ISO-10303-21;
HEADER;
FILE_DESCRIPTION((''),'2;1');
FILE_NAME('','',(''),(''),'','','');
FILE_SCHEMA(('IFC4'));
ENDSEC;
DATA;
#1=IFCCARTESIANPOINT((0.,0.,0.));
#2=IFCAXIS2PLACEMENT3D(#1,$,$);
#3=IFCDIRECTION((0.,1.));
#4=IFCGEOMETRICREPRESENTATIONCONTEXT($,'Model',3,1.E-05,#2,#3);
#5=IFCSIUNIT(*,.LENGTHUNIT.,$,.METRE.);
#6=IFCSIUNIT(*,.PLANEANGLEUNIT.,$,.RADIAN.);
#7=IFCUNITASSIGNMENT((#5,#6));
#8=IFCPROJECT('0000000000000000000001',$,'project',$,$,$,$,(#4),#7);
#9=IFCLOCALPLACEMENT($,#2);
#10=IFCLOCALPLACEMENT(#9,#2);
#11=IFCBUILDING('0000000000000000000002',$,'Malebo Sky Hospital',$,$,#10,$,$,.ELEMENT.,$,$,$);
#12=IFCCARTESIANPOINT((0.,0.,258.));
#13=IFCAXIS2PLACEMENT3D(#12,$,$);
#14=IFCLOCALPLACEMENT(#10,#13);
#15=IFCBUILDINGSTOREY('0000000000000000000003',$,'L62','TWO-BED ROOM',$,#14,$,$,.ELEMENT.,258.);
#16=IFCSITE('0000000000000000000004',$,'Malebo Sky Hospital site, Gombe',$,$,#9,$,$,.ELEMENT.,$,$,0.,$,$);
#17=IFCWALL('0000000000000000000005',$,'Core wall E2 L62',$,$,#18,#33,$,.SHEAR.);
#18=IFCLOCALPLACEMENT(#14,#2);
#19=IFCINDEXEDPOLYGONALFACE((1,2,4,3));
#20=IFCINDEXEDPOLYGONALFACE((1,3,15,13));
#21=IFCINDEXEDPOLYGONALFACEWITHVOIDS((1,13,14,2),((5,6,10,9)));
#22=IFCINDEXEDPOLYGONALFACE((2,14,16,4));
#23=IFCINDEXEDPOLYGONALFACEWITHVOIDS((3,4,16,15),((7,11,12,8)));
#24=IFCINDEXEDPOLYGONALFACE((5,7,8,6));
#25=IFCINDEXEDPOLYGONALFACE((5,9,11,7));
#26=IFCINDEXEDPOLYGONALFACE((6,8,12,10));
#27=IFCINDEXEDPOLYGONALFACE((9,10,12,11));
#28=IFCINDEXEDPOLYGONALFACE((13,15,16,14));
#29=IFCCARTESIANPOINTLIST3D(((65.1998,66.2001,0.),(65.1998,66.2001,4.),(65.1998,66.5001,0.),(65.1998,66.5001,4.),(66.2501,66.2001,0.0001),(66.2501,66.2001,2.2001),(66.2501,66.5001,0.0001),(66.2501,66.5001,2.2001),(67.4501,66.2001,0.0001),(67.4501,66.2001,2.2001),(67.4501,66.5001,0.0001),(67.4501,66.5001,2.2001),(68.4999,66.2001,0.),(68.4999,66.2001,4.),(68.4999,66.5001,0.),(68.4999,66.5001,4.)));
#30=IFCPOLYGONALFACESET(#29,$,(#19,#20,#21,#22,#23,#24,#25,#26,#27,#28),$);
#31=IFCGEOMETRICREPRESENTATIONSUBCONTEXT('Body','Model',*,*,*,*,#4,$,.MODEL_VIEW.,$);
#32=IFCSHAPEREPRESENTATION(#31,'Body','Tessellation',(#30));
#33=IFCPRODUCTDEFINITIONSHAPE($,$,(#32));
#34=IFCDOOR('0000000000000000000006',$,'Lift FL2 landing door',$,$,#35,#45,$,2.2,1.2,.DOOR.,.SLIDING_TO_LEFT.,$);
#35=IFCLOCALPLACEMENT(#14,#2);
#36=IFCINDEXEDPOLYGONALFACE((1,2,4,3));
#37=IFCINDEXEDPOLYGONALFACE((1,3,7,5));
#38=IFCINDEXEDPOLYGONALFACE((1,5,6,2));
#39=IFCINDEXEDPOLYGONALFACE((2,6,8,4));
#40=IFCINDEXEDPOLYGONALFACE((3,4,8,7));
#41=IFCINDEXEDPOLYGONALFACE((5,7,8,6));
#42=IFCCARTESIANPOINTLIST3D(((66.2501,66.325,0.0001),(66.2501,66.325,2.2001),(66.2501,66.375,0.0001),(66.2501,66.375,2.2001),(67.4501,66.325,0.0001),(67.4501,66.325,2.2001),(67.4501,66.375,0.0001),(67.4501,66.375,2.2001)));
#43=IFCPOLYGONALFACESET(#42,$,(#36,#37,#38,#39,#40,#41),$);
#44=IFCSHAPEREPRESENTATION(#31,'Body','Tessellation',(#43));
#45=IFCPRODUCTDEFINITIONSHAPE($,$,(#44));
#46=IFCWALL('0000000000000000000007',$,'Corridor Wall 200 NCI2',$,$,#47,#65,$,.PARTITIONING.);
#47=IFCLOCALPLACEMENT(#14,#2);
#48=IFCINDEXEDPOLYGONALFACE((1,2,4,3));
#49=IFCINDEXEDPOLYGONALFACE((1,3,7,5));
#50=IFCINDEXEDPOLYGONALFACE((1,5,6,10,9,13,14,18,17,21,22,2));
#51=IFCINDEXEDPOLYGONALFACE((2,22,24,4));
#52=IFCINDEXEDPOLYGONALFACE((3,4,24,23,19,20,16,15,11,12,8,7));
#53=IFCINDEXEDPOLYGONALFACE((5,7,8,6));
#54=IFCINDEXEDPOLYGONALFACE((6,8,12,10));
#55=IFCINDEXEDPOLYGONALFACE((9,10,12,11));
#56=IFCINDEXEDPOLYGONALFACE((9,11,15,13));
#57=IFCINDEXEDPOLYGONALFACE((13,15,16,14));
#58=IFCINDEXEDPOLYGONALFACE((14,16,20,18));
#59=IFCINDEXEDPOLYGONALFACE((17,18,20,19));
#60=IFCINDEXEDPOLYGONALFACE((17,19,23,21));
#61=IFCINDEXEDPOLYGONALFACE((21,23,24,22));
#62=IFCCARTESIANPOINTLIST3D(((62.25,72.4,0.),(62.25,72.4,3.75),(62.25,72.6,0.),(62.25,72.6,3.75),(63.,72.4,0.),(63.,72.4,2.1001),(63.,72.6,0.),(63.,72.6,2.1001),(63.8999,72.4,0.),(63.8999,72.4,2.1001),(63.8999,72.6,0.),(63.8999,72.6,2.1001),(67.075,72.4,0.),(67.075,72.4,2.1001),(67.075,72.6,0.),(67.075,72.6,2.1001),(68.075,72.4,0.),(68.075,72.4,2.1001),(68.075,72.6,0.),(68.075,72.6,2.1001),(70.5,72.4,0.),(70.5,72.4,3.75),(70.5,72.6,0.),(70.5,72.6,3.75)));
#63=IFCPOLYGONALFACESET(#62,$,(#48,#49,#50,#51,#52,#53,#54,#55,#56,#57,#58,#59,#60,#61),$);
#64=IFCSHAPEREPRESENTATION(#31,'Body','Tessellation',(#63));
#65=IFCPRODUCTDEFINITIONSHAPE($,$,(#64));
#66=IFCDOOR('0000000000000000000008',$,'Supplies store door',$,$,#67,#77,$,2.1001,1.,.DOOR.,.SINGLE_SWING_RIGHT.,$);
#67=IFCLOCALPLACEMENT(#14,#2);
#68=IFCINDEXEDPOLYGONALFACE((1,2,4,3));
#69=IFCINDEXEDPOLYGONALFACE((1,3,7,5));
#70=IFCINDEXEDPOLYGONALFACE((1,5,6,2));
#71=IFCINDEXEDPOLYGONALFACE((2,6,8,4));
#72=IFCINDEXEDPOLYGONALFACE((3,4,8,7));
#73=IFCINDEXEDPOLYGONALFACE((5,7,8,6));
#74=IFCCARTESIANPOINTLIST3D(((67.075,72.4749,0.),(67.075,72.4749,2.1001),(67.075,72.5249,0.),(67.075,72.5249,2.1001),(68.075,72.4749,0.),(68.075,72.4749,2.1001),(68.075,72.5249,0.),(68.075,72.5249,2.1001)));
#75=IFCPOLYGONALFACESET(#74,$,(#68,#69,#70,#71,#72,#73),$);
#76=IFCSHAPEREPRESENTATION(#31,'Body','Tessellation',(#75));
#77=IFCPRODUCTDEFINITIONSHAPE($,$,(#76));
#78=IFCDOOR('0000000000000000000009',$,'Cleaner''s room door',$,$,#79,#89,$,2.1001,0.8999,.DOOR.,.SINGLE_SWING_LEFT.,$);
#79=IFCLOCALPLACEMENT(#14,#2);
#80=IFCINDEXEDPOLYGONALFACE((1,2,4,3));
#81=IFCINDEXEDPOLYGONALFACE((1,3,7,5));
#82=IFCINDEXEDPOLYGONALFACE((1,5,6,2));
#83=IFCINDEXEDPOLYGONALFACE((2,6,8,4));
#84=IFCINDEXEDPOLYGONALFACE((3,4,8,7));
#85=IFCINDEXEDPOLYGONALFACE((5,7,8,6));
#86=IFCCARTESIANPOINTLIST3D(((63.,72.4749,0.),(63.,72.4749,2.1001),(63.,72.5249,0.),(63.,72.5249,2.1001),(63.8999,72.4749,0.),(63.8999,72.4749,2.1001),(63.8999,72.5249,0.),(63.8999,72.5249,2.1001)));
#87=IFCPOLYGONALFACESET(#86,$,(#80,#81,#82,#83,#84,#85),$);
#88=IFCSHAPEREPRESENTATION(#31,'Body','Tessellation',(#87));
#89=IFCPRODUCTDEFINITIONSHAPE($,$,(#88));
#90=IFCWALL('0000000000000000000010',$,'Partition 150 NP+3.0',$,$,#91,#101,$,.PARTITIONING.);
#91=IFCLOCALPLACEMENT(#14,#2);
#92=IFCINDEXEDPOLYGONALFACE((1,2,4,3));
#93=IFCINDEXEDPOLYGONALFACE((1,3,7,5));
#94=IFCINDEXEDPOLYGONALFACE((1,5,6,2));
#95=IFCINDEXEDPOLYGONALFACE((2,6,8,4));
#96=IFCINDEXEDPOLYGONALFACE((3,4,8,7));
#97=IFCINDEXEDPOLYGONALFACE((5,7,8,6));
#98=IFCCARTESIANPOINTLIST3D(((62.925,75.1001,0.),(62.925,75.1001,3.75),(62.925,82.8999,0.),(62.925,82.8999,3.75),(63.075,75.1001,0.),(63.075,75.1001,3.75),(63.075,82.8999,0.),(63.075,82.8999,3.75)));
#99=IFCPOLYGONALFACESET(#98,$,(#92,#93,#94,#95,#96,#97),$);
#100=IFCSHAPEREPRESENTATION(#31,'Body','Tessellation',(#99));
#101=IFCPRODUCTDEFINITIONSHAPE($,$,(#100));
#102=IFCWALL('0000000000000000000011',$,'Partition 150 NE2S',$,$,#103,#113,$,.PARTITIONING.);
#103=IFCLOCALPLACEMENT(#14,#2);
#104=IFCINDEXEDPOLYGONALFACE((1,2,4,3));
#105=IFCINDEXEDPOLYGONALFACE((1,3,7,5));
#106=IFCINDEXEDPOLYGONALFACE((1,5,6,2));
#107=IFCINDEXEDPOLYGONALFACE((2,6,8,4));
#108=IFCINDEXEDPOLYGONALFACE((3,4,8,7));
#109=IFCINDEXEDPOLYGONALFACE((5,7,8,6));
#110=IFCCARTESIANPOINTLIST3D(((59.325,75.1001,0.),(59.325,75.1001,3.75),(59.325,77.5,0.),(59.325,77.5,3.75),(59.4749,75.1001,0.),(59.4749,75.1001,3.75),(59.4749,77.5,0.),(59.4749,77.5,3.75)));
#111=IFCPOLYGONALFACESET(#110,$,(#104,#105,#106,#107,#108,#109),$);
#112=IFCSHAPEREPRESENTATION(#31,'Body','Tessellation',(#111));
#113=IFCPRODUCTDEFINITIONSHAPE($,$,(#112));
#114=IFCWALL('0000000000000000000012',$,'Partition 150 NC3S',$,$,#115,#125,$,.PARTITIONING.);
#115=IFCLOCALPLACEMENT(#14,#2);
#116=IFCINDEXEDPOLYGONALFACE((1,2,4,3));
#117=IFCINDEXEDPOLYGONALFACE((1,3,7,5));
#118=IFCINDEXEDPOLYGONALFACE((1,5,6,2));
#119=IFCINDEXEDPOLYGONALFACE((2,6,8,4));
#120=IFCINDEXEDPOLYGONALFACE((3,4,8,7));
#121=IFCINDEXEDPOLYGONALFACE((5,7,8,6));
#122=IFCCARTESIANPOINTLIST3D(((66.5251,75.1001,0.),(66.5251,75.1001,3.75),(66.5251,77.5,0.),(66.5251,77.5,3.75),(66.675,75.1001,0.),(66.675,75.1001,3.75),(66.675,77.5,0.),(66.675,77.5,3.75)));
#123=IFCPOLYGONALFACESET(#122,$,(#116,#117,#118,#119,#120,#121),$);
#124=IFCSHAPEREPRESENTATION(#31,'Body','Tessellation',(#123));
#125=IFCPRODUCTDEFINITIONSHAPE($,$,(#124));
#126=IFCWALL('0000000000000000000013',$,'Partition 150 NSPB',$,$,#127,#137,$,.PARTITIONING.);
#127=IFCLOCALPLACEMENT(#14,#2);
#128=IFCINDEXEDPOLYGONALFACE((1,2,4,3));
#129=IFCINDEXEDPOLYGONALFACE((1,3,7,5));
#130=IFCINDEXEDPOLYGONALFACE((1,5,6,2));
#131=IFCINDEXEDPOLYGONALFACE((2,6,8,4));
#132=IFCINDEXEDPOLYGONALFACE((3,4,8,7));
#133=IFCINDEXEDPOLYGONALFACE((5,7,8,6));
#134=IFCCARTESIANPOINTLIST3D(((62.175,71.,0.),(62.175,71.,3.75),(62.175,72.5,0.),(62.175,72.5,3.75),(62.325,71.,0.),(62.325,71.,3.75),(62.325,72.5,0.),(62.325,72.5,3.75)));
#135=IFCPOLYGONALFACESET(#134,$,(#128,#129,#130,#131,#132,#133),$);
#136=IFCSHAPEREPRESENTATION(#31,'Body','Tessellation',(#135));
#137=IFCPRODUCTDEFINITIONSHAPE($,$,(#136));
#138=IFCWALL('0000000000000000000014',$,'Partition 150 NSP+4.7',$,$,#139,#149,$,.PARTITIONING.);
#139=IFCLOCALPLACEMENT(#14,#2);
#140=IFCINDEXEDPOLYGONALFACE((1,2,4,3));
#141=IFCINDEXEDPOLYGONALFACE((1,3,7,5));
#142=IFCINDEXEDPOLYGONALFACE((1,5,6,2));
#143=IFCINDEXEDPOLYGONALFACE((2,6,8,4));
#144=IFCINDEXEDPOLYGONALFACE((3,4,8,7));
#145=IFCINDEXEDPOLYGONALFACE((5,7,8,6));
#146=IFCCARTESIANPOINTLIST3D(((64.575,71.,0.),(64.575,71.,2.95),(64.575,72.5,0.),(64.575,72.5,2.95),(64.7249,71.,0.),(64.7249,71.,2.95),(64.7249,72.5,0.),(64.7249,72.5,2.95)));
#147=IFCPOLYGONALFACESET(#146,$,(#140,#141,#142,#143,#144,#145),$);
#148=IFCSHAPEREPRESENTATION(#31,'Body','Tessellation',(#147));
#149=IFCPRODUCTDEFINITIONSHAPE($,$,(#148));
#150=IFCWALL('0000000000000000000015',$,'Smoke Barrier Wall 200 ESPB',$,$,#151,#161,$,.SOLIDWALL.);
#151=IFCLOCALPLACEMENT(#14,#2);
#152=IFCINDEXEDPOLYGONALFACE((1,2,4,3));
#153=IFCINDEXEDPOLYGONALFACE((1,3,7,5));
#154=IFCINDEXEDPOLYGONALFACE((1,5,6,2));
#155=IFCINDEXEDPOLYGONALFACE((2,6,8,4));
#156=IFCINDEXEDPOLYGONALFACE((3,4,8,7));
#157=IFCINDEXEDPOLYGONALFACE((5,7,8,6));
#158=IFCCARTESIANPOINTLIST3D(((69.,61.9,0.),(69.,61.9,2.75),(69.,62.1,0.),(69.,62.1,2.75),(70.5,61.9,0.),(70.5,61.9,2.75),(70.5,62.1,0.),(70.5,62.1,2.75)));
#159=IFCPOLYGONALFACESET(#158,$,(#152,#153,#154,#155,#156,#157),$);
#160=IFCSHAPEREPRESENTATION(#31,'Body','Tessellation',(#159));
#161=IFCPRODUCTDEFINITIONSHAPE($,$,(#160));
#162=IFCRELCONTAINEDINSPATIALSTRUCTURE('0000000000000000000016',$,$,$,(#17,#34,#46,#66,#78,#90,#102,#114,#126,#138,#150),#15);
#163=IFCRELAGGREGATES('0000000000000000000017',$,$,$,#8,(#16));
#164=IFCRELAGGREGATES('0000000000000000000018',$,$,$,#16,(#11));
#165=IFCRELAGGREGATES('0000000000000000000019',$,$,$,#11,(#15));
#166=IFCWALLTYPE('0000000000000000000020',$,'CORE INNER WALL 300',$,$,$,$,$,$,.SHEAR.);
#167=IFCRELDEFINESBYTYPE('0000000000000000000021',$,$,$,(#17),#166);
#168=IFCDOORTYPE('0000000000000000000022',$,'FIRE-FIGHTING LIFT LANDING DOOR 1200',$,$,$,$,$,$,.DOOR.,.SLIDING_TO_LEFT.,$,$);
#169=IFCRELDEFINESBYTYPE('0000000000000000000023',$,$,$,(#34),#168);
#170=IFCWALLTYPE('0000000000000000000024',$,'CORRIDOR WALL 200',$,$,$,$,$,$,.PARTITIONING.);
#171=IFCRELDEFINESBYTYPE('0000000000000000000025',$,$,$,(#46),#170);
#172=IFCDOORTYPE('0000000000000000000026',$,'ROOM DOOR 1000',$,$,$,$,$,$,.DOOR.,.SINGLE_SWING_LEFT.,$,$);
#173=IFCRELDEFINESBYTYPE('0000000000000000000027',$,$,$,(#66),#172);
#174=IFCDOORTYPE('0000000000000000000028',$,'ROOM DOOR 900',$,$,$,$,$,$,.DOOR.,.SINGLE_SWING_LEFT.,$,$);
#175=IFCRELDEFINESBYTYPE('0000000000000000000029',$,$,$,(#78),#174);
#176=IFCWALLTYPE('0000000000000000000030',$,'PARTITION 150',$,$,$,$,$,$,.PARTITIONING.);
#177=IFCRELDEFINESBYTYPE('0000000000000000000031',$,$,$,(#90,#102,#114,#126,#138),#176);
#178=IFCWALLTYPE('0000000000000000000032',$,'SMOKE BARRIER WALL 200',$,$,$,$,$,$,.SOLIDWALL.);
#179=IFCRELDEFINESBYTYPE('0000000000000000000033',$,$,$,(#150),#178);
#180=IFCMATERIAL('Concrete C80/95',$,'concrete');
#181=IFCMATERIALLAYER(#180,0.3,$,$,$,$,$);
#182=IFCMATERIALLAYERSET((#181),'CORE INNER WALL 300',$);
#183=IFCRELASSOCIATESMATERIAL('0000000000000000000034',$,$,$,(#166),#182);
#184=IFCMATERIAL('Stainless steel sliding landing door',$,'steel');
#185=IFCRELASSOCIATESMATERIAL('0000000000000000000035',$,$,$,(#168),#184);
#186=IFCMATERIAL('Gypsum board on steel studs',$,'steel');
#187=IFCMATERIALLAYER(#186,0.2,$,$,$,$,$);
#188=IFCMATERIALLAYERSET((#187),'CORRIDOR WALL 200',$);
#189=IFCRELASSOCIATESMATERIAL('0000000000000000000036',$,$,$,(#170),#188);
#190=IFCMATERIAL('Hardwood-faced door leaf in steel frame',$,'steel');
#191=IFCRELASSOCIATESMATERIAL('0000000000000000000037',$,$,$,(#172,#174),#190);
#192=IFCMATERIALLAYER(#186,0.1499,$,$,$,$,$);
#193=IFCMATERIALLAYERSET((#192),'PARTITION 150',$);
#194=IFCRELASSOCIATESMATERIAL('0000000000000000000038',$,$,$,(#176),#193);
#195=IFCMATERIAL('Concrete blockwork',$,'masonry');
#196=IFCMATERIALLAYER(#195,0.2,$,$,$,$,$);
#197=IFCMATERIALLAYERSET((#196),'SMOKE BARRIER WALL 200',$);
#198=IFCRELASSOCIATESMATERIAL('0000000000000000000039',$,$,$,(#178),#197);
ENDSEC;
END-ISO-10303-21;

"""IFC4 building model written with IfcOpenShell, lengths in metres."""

from ifc_helpers import new_model, si_unit, direction, frame, frame_2d, origin, place, context, subcontext, project, spatial, rectangle, extrude, material, layer, layer_set, type_object, element, fill, save


model = new_model("IFC4")

# Units and contexts
model_context = context("Model", 3, precision=1e-05, world=origin(), true_north=direction((0.0, 1.0)))
body_context = subcontext(model_context, "Body", "Model", "MODEL_VIEW")
ifc_project = project(units=[si_unit("LENGTHUNIT", "METRE"), si_unit("PLANEANGLEUNIT", "RADIAN")], contexts=[model_context])

# Site, building, storey
site_placement = place(None, origin())
site = spatial("IfcSite", under=ifc_project, at=site_placement, Name="Malebo Sky Hospital site, Gombe", CompositionType="ELEMENT", RefElevation=0.0)
building_placement = place(site_placement, origin())
building = spatial("IfcBuilding", under=site, at=building_placement, Name="Malebo Sky Hospital", CompositionType="ELEMENT")
storey_placement = place(building_placement, frame((0.0, 0.0, 258.0)))
storey = spatial("IfcBuildingStorey", under=building, at=storey_placement, Name="L62", Description="TWO-BED ROOM", CompositionType="ELEMENT", Elevation=258.0)

# Shared definitions
ifc_material_1 = material(Name="Concrete C80/95", Category="concrete")

# Wall, opening, door
ifc_layer_1 = layer(ifc_material_1, 0.3)
ifc_layer_set_1 = layer_set([ifc_layer_1], Name="CORE INNER WALL 300")
wall_type_1 = type_object("IfcWallType", Name="CORE INNER WALL 300", PredefinedType="SHEAR", material=ifc_layer_set_1)
ifc_material_2 = material(Name="Hardwood-faced door leaf in steel frame", Category="steel")
wall_1_placement = place(storey_placement, frame((65.2, 66.3501, 0.0), z_axis=(0.0, 0.0, 1.0), x_axis=(1.0, 0.0, 0.0)))
wall_1 = element("IfcWall", 1, at=wall_1_placement, inside=storey, type_object=wall_type_1, Name="Core wall E2 L62", PredefinedType="SHEAR", context=body_context, shape_type="SweptSolid", body=[
    extrude(rectangle(XDim=3.3, YDim=0.3, at=frame_2d((1.6499, 0.0))), origin(), (0.0, 0.0, 1.0), 4.0),
])
opening_1_placement = place(wall_1_placement, frame((1.05, 0.0, 0.0)))
opening_1 = element("IfcOpeningElement", 2, at=opening_1_placement, cuts=wall_1, PredefinedType="OPENING", context=body_context, shape_type="SweptSolid", body=[
    extrude(rectangle(XDim=1.2, YDim=2.2, at=frame_2d((0.6001, 1.1001))), frame((0.0, 0.1599, 0.0), z_axis=(0.0, -1.0, 0.0), x_axis=(1.0, 0.0, 0.0)), (0.0, 0.0, 1.0), 0.3201),
])
ifc_material_3 = material(Name="Stainless steel sliding landing door", Category="steel")
door_type_1 = type_object("IfcDoorType", Name="FIRE-FIGHTING LIFT LANDING DOOR 1200", OperationType="SLIDING_TO_LEFT", PredefinedType="DOOR", material=ifc_material_3)
door_1_placement = place(opening_1_placement, origin())
door_1 = element("IfcDoor", 3, at=door_1_placement, inside=storey, type_object=door_type_1, Name="Lift FL2 landing door", OperationType="SLIDING_TO_LEFT", OverallHeight=2.2, OverallWidth=1.2, PredefinedType="DOOR", context=body_context, shape_type="SweptSolid", body=[
    extrude(rectangle(XDim=1.2, YDim=2.2, at=frame_2d((0.6001, 1.1001))), frame((0.0, 0.0249, 0.0), z_axis=(0.0, -1.0, 0.0), x_axis=(1.0, 0.0, 0.0)), (0.0, 0.0, 1.0), 0.05),
])
fill(opening_1, door_1)

# Wall, openings, doors
ifc_material_4 = material(Name="Gypsum board on steel studs", Category="steel")
ifc_layer_2 = layer(ifc_material_4, 0.2)
ifc_layer_set_2 = layer_set([ifc_layer_2], Name="CORRIDOR WALL 200")
wall_type_2 = type_object("IfcWallType", Name="CORRIDOR WALL 200", PredefinedType="PARTITIONING", material=ifc_layer_set_2)
wall_2_placement = place(storey_placement, frame((62.25, 72.5, 0.0), z_axis=(0.0, 0.0, 1.0), x_axis=(1.0, 0.0, 0.0)))
wall_2 = element("IfcWall", 4, at=wall_2_placement, inside=storey, type_object=wall_type_2, Name="Corridor Wall 200 NCI2", PredefinedType="PARTITIONING", context=body_context, shape_type="SweptSolid", body=[
    extrude(rectangle(XDim=8.25, YDim=0.2, at=frame_2d((4.125, 0.0))), origin(), (0.0, 0.0, 1.0), 3.75),
])
opening_2_placement = place(wall_2_placement, frame((0.75, 0.0, 0.0)))
opening_2 = element("IfcOpeningElement", 5, at=opening_2_placement, cuts=wall_2, PredefinedType="OPENING", context=body_context, shape_type="SweptSolid", body=[
    extrude(rectangle(XDim=0.8999, YDim=2.1001, at=frame_2d((0.45, 1.05))), frame((0.0, 0.1099, 0.0), z_axis=(0.0, -1.0, 0.0), x_axis=(1.0, 0.0, 0.0)), (0.0, 0.0, 1.0), 0.22),
])
opening_3_placement = place(wall_2_placement, frame((4.825, 0.0, 0.0)))
opening_3 = element("IfcOpeningElement", 6, at=opening_3_placement, cuts=wall_2, PredefinedType="OPENING", context=body_context, shape_type="SweptSolid", body=[
    extrude(rectangle(XDim=1.0, YDim=2.1001, at=frame_2d((0.5, 1.05))), frame((0.0, 0.1099, 0.0), z_axis=(0.0, -1.0, 0.0), x_axis=(1.0, 0.0, 0.0)), (0.0, 0.0, 1.0), 0.22),
])
door_type_2 = type_object("IfcDoorType", Name="ROOM DOOR 1000", OperationType="SINGLE_SWING_LEFT", PredefinedType="DOOR", material=ifc_material_2)
door_2_placement = place(opening_3_placement, origin())
door_2 = element("IfcDoor", 7, at=door_2_placement, inside=storey, type_object=door_type_2, Name="Supplies store door", OperationType="SINGLE_SWING_RIGHT", OverallHeight=2.1001, OverallWidth=1.0, PredefinedType="DOOR", context=body_context, shape_type="SweptSolid", body=[
    extrude(rectangle(XDim=1.0, YDim=2.1001, at=frame_2d((0.5, 1.05))), frame((0.0, 0.0249, 0.0), z_axis=(0.0, -1.0, 0.0), x_axis=(1.0, 0.0, 0.0)), (0.0, 0.0, 1.0), 0.05),
])
fill(opening_3, door_2)
door_type_3 = type_object("IfcDoorType", Name="ROOM DOOR 900", OperationType="SINGLE_SWING_LEFT", PredefinedType="DOOR", material=ifc_material_2)
door_3_placement = place(opening_2_placement, origin())
door_3 = element("IfcDoor", 8, at=door_3_placement, inside=storey, type_object=door_type_3, Name="Cleaner's room door", OperationType="SINGLE_SWING_LEFT", OverallHeight=2.1001, OverallWidth=0.8999, PredefinedType="DOOR", context=body_context, shape_type="SweptSolid", body=[
    extrude(rectangle(XDim=0.8999, YDim=2.1001, at=frame_2d((0.45, 1.05))), frame((0.0, 0.0249, 0.0), z_axis=(0.0, -1.0, 0.0), x_axis=(1.0, 0.0, 0.0)), (0.0, 0.0, 1.0), 0.05),
])
fill(opening_2, door_3)

# Walls
ifc_layer_3 = layer(ifc_material_4, 0.1499)
ifc_layer_set_3 = layer_set([ifc_layer_3], Name="PARTITION 150")
wall_type_3 = type_object("IfcWallType", Name="PARTITION 150", PredefinedType="PARTITIONING", material=ifc_layer_set_3)
wall_3_placement = place(storey_placement, frame((63.0, 75.1001, 0.0), z_axis=(0.0, 0.0, 1.0), x_axis=(0.0, 1.0, 0.0)))
element("IfcWall", 9, at=wall_3_placement, inside=storey, type_object=wall_type_3, Name="Partition 150 NP+3.0", PredefinedType="PARTITIONING", context=body_context, shape_type="SweptSolid", body=[
    extrude(rectangle(XDim=7.7998, YDim=0.1499, at=frame_2d((3.8999, 0.0))), origin(), (0.0, 0.0, 1.0), 3.75),
])
for number, where, z_axis, x_axis, name in (
    (10, (59.3999, 75.1001, 0.0), (0.0, 0.0, 1.0), (0.0, 1.0, 0.0), "Partition 150 NE2S"),
    (11, (66.6001, 75.1001, 0.0), (0.0, 0.0, 1.0), (0.0, 1.0, 0.0), "Partition 150 NC3S"),
):
    element("IfcWall", number, at=place(storey_placement, frame(where, z_axis=z_axis, x_axis=x_axis)), inside=storey, type_object=wall_type_3, Name=name, PredefinedType="PARTITIONING", context=body_context, shape_type="SweptSolid", body=[
        extrude(rectangle(XDim=2.3999, YDim=0.1499, at=frame_2d((1.2, 0.0))), origin(), (0.0, 0.0, 1.0), 3.75),
    ])
wall_4_placement = place(storey_placement, frame((62.25, 71.0, 0.0), z_axis=(0.0, 0.0, 1.0), x_axis=(0.0, 1.0, 0.0)))
element("IfcWall", 12, at=wall_4_placement, inside=storey, type_object=wall_type_3, Name="Partition 150 NSPB", PredefinedType="PARTITIONING", context=body_context, shape_type="SweptSolid", body=[
    extrude(rectangle(XDim=1.5, YDim=0.1499, at=frame_2d((0.75, 0.0))), origin(), (0.0, 0.0, 1.0), 3.75),
])
wall_5_placement = place(storey_placement, frame((64.6499, 71.0, 0.0), z_axis=(0.0, 0.0, 1.0), x_axis=(0.0, 1.0, 0.0)))
element("IfcWall", 13, at=wall_5_placement, inside=storey, type_object=wall_type_3, Name="Partition 150 NSP+4.7", PredefinedType="PARTITIONING", context=body_context, shape_type="SweptSolid", body=[
    extrude(rectangle(XDim=1.5, YDim=0.1499, at=frame_2d((0.75, 0.0))), origin(), (0.0, 0.0, 1.0), 2.95),
])
ifc_material_5 = material(Name="Concrete blockwork", Category="masonry")
ifc_layer_4 = layer(ifc_material_5, 0.2)
ifc_layer_set_4 = layer_set([ifc_layer_4], Name="SMOKE BARRIER WALL 200")
wall_type_4 = type_object("IfcWallType", Name="SMOKE BARRIER WALL 200", PredefinedType="SOLIDWALL", material=ifc_layer_set_4)
wall_6_placement = place(storey_placement, frame((69.0, 62.0, 0.0), z_axis=(0.0, 0.0, 1.0), x_axis=(1.0, 0.0, 0.0)))
element("IfcWall", 14, at=wall_6_placement, inside=storey, type_object=wall_type_4, Name="Smoke Barrier Wall 200 ESPB", PredefinedType="SOLIDWALL", context=body_context, shape_type="SweptSolid", body=[
    extrude(rectangle(XDim=1.5, YDim=0.2, at=frame_2d((0.75, 0.0))), origin(), (0.0, 0.0, 1.0), 2.75),
])

save(model, "model.ifc")
